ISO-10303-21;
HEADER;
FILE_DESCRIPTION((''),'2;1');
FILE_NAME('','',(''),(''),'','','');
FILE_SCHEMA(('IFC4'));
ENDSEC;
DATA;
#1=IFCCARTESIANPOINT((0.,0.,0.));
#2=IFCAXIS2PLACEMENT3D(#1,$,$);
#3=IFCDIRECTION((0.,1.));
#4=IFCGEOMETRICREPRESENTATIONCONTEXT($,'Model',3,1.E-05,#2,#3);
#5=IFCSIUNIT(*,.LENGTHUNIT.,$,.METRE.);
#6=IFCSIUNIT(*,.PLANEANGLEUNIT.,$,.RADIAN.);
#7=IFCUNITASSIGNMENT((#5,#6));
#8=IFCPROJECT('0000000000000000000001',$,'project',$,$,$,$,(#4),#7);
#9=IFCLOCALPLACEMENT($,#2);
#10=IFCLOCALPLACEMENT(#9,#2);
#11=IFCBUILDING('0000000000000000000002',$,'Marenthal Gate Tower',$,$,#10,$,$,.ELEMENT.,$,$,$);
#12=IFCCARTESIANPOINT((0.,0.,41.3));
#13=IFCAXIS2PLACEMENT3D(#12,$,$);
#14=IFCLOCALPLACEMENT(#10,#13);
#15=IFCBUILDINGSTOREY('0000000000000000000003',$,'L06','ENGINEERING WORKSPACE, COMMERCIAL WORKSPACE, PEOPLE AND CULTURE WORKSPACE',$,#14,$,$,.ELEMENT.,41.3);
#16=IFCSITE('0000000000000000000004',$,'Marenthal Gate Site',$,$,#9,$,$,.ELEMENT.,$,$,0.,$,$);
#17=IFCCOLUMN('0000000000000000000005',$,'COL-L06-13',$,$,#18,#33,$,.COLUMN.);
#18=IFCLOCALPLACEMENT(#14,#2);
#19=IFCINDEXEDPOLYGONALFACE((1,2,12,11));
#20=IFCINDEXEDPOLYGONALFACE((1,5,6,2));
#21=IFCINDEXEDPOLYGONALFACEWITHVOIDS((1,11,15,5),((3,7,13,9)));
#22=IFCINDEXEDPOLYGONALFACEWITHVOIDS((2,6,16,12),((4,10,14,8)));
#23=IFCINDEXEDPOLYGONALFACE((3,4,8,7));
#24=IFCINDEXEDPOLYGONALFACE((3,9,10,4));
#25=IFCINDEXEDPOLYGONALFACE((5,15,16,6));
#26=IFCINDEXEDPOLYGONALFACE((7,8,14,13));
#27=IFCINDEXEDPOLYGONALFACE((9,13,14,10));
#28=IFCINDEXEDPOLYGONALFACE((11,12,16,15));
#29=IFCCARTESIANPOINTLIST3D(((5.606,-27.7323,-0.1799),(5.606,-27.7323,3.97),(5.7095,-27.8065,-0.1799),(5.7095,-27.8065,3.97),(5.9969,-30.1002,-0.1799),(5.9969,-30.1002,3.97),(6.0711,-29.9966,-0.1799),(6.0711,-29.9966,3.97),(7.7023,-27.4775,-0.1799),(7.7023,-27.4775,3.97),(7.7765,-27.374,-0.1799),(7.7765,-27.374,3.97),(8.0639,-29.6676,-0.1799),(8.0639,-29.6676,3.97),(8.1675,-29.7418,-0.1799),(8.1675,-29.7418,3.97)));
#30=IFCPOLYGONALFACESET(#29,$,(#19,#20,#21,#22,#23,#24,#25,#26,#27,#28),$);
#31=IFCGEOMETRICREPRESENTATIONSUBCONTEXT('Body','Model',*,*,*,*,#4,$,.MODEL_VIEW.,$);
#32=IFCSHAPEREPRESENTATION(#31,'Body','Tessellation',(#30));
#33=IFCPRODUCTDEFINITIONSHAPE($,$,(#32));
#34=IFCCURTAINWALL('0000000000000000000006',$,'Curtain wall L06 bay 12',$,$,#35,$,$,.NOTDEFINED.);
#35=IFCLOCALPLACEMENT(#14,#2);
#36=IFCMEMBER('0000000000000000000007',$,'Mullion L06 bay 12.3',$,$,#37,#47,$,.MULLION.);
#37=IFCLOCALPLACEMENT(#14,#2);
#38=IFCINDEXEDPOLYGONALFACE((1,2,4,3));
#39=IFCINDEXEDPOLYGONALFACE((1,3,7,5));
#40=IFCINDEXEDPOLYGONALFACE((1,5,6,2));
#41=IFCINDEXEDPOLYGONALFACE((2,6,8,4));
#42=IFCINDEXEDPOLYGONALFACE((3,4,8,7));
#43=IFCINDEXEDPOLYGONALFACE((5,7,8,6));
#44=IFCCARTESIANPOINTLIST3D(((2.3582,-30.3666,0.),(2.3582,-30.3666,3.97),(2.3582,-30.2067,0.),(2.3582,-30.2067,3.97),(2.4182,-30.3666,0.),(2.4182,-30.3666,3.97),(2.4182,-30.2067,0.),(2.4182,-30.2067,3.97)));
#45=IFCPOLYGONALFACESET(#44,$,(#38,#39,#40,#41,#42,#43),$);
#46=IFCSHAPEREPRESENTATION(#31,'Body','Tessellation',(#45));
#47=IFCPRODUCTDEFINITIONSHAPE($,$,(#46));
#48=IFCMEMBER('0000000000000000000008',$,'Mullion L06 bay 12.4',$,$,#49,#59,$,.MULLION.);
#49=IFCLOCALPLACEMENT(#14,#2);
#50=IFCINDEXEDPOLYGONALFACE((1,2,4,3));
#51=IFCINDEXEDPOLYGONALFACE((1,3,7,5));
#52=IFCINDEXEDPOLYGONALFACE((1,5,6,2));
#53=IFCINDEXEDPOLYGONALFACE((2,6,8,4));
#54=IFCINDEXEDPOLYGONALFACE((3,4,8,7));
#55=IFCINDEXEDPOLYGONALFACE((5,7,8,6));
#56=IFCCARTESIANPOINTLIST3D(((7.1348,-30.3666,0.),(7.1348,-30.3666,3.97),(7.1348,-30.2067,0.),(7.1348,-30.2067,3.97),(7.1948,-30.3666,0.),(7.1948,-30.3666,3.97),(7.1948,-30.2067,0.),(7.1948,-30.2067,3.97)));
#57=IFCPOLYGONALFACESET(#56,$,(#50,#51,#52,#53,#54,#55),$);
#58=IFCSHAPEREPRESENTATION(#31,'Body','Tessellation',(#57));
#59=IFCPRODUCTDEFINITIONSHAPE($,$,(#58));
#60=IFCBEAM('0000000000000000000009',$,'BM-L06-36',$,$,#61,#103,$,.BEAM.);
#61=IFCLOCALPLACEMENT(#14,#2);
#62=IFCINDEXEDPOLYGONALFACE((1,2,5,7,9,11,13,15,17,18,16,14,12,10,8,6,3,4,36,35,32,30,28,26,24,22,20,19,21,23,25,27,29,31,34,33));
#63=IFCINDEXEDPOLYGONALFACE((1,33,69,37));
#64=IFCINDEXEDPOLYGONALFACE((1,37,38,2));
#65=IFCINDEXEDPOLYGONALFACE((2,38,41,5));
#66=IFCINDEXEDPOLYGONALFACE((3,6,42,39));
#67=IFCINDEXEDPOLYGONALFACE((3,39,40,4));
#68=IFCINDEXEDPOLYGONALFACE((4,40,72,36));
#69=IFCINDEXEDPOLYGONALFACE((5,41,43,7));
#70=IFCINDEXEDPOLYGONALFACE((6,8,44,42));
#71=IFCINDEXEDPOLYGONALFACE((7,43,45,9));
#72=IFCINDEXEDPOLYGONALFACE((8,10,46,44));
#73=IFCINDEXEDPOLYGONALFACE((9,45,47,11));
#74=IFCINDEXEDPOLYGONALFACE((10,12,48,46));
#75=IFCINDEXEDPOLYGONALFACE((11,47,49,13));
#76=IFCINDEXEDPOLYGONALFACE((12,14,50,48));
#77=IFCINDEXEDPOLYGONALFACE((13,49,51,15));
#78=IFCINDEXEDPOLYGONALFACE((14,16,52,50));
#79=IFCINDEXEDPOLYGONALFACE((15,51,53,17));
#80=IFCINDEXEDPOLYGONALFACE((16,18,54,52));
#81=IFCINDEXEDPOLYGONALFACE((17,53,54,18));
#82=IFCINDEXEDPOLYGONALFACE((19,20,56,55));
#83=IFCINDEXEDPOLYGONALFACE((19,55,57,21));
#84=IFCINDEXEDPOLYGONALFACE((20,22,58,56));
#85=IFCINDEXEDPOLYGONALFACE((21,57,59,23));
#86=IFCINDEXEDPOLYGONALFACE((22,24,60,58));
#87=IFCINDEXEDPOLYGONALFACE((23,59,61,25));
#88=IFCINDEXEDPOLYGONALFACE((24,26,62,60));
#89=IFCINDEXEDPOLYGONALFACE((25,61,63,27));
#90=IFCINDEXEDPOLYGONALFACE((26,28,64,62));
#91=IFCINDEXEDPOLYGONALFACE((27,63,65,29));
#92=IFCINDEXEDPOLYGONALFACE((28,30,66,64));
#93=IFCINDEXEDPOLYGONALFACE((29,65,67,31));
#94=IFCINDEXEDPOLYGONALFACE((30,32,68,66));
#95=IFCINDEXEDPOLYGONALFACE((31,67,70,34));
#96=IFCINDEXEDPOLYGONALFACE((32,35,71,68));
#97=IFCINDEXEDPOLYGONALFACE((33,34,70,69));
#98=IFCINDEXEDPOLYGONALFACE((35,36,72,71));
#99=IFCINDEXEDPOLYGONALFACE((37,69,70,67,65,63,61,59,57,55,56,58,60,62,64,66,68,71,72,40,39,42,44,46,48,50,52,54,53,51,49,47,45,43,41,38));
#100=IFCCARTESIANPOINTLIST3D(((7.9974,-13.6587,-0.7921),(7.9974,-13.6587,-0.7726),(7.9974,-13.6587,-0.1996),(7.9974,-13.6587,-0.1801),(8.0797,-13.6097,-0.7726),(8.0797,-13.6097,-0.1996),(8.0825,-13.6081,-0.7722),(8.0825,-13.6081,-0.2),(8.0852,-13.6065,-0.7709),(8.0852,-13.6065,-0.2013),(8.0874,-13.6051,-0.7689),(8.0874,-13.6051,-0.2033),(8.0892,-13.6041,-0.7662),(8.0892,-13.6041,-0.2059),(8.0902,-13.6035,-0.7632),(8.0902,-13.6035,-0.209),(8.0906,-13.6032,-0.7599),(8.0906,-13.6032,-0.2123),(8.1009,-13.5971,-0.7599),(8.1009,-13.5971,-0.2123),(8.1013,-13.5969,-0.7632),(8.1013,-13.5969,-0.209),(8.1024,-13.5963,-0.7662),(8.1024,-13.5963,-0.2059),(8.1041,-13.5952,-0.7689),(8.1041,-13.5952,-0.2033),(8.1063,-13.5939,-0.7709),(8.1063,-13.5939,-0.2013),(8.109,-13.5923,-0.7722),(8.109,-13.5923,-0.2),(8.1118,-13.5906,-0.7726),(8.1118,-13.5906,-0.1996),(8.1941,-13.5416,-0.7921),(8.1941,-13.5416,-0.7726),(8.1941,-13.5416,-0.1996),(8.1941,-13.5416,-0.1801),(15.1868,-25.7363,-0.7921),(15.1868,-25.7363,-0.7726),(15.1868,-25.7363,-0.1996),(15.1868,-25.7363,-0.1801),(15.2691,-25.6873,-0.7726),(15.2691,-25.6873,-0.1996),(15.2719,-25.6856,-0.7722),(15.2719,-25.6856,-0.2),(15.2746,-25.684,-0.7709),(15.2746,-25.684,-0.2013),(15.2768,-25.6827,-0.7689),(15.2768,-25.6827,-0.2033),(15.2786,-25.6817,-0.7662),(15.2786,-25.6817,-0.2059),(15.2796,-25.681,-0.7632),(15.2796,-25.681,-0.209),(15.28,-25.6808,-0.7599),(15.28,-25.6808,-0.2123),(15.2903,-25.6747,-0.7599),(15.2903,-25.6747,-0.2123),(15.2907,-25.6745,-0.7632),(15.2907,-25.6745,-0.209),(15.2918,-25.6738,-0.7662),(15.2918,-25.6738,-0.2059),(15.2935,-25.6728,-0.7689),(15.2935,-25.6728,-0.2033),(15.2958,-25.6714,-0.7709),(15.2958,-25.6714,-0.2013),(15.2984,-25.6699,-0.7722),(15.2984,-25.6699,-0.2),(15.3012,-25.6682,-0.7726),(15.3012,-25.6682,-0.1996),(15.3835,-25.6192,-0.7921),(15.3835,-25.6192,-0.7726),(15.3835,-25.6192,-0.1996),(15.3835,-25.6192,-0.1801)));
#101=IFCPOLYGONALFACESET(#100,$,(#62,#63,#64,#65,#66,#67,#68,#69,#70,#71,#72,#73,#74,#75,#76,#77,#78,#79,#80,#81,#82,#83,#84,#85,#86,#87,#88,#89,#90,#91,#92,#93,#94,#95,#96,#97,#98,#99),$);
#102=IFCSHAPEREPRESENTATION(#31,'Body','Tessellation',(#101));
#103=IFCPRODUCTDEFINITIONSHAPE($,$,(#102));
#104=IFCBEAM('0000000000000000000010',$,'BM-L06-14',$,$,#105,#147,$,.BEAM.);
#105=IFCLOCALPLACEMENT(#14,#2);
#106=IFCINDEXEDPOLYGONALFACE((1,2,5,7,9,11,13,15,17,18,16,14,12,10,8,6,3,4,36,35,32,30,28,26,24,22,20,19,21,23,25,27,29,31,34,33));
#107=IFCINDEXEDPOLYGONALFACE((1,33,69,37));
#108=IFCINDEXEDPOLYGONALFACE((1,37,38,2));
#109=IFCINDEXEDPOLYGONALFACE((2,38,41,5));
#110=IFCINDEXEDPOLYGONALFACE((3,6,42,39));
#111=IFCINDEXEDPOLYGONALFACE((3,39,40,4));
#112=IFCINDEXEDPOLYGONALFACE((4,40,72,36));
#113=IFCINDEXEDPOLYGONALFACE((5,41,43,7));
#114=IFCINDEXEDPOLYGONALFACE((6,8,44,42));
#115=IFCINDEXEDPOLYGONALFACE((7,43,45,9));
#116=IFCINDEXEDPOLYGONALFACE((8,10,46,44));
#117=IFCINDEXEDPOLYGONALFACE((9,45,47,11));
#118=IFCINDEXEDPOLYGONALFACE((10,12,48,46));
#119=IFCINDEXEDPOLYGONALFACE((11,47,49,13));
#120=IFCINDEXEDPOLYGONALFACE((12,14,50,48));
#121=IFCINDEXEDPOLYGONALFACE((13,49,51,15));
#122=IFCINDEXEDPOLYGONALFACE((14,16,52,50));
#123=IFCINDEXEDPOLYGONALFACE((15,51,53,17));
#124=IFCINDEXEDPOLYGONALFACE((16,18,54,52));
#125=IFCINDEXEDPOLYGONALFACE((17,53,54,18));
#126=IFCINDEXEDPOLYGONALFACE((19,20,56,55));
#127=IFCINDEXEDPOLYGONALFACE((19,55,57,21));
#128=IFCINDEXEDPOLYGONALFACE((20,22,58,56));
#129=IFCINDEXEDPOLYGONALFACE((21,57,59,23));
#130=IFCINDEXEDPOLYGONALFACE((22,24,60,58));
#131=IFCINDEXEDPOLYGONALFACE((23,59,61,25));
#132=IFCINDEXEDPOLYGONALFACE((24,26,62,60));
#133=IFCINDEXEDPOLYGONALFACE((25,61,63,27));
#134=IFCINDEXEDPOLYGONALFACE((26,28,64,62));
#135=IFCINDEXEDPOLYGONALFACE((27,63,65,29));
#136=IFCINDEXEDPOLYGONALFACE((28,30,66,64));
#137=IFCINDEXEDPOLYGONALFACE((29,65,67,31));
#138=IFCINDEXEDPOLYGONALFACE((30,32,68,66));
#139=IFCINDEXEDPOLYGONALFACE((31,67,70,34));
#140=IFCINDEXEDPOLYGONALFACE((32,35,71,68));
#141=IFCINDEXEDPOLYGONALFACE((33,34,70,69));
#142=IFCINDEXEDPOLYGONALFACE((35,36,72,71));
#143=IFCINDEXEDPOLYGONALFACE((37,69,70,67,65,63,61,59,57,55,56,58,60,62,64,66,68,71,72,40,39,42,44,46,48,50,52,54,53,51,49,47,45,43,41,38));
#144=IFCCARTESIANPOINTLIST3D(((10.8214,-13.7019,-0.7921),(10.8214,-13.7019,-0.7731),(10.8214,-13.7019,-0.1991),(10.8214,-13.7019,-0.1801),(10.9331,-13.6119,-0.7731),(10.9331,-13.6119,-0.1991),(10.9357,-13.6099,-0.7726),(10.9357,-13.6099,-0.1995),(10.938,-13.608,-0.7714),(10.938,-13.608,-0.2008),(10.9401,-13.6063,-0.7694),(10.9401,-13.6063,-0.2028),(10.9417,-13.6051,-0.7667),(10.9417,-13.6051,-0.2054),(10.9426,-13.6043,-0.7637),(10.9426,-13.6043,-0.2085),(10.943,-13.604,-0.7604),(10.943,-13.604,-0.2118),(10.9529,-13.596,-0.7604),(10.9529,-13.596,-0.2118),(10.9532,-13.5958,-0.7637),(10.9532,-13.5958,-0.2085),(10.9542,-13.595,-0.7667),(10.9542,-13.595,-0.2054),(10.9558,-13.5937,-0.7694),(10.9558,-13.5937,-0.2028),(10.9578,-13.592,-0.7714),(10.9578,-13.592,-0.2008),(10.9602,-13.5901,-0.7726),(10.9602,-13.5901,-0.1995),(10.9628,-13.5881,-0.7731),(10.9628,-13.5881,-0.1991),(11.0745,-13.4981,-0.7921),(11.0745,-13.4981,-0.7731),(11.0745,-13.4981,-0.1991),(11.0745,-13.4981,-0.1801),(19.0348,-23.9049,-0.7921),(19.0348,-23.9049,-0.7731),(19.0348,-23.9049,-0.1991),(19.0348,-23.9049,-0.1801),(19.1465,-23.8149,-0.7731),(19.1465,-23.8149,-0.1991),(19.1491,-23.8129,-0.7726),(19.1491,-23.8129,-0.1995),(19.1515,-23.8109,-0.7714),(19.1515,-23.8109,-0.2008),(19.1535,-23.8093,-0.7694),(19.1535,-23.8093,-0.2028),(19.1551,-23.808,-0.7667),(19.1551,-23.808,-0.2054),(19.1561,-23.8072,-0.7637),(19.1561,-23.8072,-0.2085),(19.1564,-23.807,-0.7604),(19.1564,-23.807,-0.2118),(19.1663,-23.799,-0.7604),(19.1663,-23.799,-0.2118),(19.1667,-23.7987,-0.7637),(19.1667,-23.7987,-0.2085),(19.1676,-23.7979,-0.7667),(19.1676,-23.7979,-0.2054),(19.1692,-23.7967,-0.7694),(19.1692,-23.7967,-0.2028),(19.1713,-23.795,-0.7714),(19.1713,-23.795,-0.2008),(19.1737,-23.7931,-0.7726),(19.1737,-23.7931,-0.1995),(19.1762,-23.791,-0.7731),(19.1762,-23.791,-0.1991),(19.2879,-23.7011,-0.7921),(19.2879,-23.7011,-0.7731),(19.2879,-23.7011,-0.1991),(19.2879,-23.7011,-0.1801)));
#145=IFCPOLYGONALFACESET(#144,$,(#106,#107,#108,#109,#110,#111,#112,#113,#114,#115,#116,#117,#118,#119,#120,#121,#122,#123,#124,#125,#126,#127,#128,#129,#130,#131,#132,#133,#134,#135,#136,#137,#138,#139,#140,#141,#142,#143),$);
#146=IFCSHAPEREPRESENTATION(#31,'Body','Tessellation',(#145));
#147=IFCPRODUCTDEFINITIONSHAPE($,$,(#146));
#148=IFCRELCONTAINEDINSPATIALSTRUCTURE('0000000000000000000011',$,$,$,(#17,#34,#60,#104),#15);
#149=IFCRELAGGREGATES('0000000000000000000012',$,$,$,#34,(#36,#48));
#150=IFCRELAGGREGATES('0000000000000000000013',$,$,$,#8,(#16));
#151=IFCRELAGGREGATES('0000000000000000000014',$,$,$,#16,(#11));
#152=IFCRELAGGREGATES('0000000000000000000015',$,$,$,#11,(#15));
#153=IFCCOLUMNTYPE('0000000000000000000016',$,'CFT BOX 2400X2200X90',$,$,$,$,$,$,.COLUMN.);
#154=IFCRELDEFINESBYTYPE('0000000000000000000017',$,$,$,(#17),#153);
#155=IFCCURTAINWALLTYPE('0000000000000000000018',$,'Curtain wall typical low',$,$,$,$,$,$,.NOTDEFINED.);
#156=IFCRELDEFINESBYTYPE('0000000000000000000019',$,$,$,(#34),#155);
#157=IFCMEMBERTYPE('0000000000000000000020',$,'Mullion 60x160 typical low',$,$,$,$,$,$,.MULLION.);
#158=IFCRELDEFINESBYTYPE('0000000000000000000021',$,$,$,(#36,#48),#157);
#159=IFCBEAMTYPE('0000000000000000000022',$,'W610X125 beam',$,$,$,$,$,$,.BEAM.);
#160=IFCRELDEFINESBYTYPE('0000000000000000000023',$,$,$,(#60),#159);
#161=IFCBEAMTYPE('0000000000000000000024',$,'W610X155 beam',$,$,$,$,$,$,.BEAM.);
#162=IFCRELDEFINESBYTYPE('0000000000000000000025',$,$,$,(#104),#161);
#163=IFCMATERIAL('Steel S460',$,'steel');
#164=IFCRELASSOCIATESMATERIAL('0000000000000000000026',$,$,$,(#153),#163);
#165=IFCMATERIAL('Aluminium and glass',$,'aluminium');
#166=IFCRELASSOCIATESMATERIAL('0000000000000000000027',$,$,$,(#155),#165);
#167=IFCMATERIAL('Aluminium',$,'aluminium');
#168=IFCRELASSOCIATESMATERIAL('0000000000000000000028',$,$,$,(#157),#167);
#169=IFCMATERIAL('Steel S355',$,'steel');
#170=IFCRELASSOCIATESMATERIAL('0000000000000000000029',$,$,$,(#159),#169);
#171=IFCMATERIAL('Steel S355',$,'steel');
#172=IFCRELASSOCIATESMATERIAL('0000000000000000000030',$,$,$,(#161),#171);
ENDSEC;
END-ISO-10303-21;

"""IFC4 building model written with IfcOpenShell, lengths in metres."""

from ifc_helpers import new_model, si_unit, direction, frame, origin, origin_2d, place, context, subcontext, project, spatial, rectangle, hollow_rectangle, i_section, extrude, material, material_profile, profile_set, type_object, element, aggregate, save


model = new_model("IFC4")

# Units and contexts
model_context = context("Model", 3, precision=1e-05, world=origin(), true_north=direction((0.0, 1.0)))
body_context = subcontext(model_context, "Body", "Model", "MODEL_VIEW")
ifc_project = project(units=[si_unit("LENGTHUNIT", "METRE"), si_unit("PLANEANGLEUNIT", "RADIAN")], contexts=[model_context])

# Site, building, storey
site_placement = place(None, origin())
site = spatial("IfcSite", under=ifc_project, at=site_placement, Name="Marenthal Gate Site", CompositionType="ELEMENT", RefElevation=0.0)
building_placement = place(site_placement, origin())
building = spatial("IfcBuilding", under=site, at=building_placement, Name="Marenthal Gate Tower", CompositionType="ELEMENT")
storey_placement = place(building_placement, frame((0.0, 0.0, 41.3)))
storey = spatial("IfcBuildingStorey", under=building, at=storey_placement, Name="L06", Description="ENGINEERING WORKSPACE, COMMERCIAL WORKSPACE, PEOPLE AND CULTURE WORKSPACE", CompositionType="ELEMENT", Elevation=41.3)

# Column
ifc_material_1 = material(Name="Steel S460", Category="steel")
ifc_material_profile_1 = material_profile(ifc_material_1, hollow_rectangle(XDim=2.2, YDim=2.3999, WallThickness=0.0901, at=origin_2d()), Name="CFT BOX 2400X2200X90")
ifc_material_2 = material(Name="Concrete 70 MPa", Category="concrete")
ifc_material_profile_2 = material_profile(ifc_material_2, rectangle(XDim=2.02, YDim=2.22, at=origin_2d()), Name="CFT BOX 2400X2200X90 INFILL")
ifc_profile_set_1 = profile_set([ifc_material_profile_1, ifc_material_profile_2], Name="Steel S460 shell, Concrete 70 MPa infill")
column_type = type_object("IfcColumnType", Name="CFT BOX 2400X2200X90", PredefinedType="COLUMN", material=ifc_profile_set_1)
column_placement = place(storey_placement, frame((6.8867, -28.7371, -0.1799), z_axis=(0.0, 0.0, 1.0), x_axis=(-0.986643, -0.162897, 0.0)))
element("IfcColumn", 1, at=column_placement, inside=storey, type_object=column_type, Name="COL-L06-13", PredefinedType="COLUMN", context=body_context, shape_type="SweptSolid", body=[
    extrude(hollow_rectangle(XDim=2.2, YDim=2.3999, WallThickness=0.0901, at=origin_2d()), origin(), (0.0, 0.0, 1.0), 4.1499),
])

# Curtain wall, members
ifc_material_3 = material(Name="Aluminium and glass", Category="aluminium")
curtain_wall_type = type_object("IfcCurtainWallType", Name="Curtain wall typical low", PredefinedType="NOTDEFINED", material=ifc_material_3)
curtain_wall_placement = place(storey_placement, origin())
curtain_wall = element("IfcCurtainWall", 2, at=curtain_wall_placement, inside=storey, type_object=curtain_wall_type, Name="Curtain wall L06 bay 12", PredefinedType="NOTDEFINED")
ifc_material_4 = material(Name="Aluminium", Category="aluminium")
ifc_material_profile_3 = material_profile(ifc_material_4, rectangle(XDim=0.1599, YDim=0.0601, at=origin_2d()), Name="60x160 aluminium mullion")
ifc_profile_set_2 = profile_set([ifc_material_profile_3], Name="Aluminium")
member_type = type_object("IfcMemberType", Name="Mullion 60x160 typical low", PredefinedType="MULLION", material=ifc_profile_set_2)
member_1_placement = place(storey_placement, frame((2.3882, -30.2866, 0.0), z_axis=(0.0, 0.0, 1.0), x_axis=(0.0, 1.0, 0.0)))
member_1 = element("IfcMember", 3, at=member_1_placement, type_object=member_type, Name="Mullion L06 bay 12.3", PredefinedType="MULLION", context=body_context, shape_type="SweptSolid", body=[
    extrude(rectangle(XDim=0.1599, YDim=0.0601, at=origin_2d()), origin(), (0.0, 0.0, 1.0), 3.97),
])
member_2_placement = place(storey_placement, frame((7.1648, -30.2866, 0.0), z_axis=(0.0, 0.0, 1.0), x_axis=(0.0, 1.0, 0.0)))
member_2 = element("IfcMember", 4, at=member_2_placement, type_object=member_type, Name="Mullion L06 bay 12.4", PredefinedType="MULLION", context=body_context, shape_type="SweptSolid", body=[
    extrude(rectangle(XDim=0.1599, YDim=0.0601, at=origin_2d()), origin(), (0.0, 0.0, 1.0), 3.97),
])

# Beams
ifc_material_5 = material(Name="Steel S355", Category="steel")
ifc_material_profile_4 = material_profile(ifc_material_5, i_section(OverallWidth=0.229, OverallDepth=0.6121, WebThickness=0.012, FlangeThickness=0.0195, FilletRadius=0.0127, at=origin_2d()), Name="W610X125")
ifc_profile_set_3 = profile_set([ifc_material_profile_4], Name="Steel S355")
beam_type_1 = type_object("IfcBeamType", Name="W610X125 beam", PredefinedType="BEAM", material=ifc_profile_set_3)
beam_1_placement = place(storey_placement, frame((15.2852, -25.6777, -0.4861), z_axis=(-0.511504, 0.859281, 0.0), x_axis=(-0.859281, -0.511504, 0.0)))
element("IfcBeam", 5, at=beam_1_placement, inside=storey, type_object=beam_type_1, Name="BM-L06-36", PredefinedType="BEAM", context=body_context, shape_type="SweptSolid", body=[
    extrude(i_section(OverallWidth=0.229, OverallDepth=0.6121, WebThickness=0.012, FlangeThickness=0.0195, FilletRadius=0.0127, at=origin_2d()), origin(), (0.0, 0.0, 1.0), 14.0554),
])
ifc_material_6 = material(Name="Steel S355", Category="steel")
ifc_material_profile_5 = material_profile(ifc_material_6, i_section(OverallWidth=0.325, OverallDepth=0.6121, WebThickness=0.0127, FlangeThickness=0.019, FilletRadius=0.0127, at=origin_2d()), Name="W610X155")
ifc_profile_set_4 = profile_set([ifc_material_profile_5], Name="Steel S355")
beam_type_2 = type_object("IfcBeamType", Name="W610X155 beam", PredefinedType="BEAM", material=ifc_profile_set_4)
beam_2_placement = place(storey_placement, frame((19.1614, -23.803, -0.4861), z_axis=(-0.62707, 0.778963, 0.0), x_axis=(-0.778963, -0.62707, 0.0)))
element("IfcBeam", 6, at=beam_2_placement, inside=storey, type_object=beam_type_2, Name="BM-L06-14", PredefinedType="BEAM", context=body_context, shape_type="SweptSolid", body=[
    extrude(i_section(OverallWidth=0.325, OverallDepth=0.6121, WebThickness=0.0127, FlangeThickness=0.019, FilletRadius=0.0127, at=origin_2d()), origin(), (0.0, 0.0, 1.0), 13.0981),
])

aggregate(curtain_wall, [member_1, member_2])

save(model, "model.ifc")
